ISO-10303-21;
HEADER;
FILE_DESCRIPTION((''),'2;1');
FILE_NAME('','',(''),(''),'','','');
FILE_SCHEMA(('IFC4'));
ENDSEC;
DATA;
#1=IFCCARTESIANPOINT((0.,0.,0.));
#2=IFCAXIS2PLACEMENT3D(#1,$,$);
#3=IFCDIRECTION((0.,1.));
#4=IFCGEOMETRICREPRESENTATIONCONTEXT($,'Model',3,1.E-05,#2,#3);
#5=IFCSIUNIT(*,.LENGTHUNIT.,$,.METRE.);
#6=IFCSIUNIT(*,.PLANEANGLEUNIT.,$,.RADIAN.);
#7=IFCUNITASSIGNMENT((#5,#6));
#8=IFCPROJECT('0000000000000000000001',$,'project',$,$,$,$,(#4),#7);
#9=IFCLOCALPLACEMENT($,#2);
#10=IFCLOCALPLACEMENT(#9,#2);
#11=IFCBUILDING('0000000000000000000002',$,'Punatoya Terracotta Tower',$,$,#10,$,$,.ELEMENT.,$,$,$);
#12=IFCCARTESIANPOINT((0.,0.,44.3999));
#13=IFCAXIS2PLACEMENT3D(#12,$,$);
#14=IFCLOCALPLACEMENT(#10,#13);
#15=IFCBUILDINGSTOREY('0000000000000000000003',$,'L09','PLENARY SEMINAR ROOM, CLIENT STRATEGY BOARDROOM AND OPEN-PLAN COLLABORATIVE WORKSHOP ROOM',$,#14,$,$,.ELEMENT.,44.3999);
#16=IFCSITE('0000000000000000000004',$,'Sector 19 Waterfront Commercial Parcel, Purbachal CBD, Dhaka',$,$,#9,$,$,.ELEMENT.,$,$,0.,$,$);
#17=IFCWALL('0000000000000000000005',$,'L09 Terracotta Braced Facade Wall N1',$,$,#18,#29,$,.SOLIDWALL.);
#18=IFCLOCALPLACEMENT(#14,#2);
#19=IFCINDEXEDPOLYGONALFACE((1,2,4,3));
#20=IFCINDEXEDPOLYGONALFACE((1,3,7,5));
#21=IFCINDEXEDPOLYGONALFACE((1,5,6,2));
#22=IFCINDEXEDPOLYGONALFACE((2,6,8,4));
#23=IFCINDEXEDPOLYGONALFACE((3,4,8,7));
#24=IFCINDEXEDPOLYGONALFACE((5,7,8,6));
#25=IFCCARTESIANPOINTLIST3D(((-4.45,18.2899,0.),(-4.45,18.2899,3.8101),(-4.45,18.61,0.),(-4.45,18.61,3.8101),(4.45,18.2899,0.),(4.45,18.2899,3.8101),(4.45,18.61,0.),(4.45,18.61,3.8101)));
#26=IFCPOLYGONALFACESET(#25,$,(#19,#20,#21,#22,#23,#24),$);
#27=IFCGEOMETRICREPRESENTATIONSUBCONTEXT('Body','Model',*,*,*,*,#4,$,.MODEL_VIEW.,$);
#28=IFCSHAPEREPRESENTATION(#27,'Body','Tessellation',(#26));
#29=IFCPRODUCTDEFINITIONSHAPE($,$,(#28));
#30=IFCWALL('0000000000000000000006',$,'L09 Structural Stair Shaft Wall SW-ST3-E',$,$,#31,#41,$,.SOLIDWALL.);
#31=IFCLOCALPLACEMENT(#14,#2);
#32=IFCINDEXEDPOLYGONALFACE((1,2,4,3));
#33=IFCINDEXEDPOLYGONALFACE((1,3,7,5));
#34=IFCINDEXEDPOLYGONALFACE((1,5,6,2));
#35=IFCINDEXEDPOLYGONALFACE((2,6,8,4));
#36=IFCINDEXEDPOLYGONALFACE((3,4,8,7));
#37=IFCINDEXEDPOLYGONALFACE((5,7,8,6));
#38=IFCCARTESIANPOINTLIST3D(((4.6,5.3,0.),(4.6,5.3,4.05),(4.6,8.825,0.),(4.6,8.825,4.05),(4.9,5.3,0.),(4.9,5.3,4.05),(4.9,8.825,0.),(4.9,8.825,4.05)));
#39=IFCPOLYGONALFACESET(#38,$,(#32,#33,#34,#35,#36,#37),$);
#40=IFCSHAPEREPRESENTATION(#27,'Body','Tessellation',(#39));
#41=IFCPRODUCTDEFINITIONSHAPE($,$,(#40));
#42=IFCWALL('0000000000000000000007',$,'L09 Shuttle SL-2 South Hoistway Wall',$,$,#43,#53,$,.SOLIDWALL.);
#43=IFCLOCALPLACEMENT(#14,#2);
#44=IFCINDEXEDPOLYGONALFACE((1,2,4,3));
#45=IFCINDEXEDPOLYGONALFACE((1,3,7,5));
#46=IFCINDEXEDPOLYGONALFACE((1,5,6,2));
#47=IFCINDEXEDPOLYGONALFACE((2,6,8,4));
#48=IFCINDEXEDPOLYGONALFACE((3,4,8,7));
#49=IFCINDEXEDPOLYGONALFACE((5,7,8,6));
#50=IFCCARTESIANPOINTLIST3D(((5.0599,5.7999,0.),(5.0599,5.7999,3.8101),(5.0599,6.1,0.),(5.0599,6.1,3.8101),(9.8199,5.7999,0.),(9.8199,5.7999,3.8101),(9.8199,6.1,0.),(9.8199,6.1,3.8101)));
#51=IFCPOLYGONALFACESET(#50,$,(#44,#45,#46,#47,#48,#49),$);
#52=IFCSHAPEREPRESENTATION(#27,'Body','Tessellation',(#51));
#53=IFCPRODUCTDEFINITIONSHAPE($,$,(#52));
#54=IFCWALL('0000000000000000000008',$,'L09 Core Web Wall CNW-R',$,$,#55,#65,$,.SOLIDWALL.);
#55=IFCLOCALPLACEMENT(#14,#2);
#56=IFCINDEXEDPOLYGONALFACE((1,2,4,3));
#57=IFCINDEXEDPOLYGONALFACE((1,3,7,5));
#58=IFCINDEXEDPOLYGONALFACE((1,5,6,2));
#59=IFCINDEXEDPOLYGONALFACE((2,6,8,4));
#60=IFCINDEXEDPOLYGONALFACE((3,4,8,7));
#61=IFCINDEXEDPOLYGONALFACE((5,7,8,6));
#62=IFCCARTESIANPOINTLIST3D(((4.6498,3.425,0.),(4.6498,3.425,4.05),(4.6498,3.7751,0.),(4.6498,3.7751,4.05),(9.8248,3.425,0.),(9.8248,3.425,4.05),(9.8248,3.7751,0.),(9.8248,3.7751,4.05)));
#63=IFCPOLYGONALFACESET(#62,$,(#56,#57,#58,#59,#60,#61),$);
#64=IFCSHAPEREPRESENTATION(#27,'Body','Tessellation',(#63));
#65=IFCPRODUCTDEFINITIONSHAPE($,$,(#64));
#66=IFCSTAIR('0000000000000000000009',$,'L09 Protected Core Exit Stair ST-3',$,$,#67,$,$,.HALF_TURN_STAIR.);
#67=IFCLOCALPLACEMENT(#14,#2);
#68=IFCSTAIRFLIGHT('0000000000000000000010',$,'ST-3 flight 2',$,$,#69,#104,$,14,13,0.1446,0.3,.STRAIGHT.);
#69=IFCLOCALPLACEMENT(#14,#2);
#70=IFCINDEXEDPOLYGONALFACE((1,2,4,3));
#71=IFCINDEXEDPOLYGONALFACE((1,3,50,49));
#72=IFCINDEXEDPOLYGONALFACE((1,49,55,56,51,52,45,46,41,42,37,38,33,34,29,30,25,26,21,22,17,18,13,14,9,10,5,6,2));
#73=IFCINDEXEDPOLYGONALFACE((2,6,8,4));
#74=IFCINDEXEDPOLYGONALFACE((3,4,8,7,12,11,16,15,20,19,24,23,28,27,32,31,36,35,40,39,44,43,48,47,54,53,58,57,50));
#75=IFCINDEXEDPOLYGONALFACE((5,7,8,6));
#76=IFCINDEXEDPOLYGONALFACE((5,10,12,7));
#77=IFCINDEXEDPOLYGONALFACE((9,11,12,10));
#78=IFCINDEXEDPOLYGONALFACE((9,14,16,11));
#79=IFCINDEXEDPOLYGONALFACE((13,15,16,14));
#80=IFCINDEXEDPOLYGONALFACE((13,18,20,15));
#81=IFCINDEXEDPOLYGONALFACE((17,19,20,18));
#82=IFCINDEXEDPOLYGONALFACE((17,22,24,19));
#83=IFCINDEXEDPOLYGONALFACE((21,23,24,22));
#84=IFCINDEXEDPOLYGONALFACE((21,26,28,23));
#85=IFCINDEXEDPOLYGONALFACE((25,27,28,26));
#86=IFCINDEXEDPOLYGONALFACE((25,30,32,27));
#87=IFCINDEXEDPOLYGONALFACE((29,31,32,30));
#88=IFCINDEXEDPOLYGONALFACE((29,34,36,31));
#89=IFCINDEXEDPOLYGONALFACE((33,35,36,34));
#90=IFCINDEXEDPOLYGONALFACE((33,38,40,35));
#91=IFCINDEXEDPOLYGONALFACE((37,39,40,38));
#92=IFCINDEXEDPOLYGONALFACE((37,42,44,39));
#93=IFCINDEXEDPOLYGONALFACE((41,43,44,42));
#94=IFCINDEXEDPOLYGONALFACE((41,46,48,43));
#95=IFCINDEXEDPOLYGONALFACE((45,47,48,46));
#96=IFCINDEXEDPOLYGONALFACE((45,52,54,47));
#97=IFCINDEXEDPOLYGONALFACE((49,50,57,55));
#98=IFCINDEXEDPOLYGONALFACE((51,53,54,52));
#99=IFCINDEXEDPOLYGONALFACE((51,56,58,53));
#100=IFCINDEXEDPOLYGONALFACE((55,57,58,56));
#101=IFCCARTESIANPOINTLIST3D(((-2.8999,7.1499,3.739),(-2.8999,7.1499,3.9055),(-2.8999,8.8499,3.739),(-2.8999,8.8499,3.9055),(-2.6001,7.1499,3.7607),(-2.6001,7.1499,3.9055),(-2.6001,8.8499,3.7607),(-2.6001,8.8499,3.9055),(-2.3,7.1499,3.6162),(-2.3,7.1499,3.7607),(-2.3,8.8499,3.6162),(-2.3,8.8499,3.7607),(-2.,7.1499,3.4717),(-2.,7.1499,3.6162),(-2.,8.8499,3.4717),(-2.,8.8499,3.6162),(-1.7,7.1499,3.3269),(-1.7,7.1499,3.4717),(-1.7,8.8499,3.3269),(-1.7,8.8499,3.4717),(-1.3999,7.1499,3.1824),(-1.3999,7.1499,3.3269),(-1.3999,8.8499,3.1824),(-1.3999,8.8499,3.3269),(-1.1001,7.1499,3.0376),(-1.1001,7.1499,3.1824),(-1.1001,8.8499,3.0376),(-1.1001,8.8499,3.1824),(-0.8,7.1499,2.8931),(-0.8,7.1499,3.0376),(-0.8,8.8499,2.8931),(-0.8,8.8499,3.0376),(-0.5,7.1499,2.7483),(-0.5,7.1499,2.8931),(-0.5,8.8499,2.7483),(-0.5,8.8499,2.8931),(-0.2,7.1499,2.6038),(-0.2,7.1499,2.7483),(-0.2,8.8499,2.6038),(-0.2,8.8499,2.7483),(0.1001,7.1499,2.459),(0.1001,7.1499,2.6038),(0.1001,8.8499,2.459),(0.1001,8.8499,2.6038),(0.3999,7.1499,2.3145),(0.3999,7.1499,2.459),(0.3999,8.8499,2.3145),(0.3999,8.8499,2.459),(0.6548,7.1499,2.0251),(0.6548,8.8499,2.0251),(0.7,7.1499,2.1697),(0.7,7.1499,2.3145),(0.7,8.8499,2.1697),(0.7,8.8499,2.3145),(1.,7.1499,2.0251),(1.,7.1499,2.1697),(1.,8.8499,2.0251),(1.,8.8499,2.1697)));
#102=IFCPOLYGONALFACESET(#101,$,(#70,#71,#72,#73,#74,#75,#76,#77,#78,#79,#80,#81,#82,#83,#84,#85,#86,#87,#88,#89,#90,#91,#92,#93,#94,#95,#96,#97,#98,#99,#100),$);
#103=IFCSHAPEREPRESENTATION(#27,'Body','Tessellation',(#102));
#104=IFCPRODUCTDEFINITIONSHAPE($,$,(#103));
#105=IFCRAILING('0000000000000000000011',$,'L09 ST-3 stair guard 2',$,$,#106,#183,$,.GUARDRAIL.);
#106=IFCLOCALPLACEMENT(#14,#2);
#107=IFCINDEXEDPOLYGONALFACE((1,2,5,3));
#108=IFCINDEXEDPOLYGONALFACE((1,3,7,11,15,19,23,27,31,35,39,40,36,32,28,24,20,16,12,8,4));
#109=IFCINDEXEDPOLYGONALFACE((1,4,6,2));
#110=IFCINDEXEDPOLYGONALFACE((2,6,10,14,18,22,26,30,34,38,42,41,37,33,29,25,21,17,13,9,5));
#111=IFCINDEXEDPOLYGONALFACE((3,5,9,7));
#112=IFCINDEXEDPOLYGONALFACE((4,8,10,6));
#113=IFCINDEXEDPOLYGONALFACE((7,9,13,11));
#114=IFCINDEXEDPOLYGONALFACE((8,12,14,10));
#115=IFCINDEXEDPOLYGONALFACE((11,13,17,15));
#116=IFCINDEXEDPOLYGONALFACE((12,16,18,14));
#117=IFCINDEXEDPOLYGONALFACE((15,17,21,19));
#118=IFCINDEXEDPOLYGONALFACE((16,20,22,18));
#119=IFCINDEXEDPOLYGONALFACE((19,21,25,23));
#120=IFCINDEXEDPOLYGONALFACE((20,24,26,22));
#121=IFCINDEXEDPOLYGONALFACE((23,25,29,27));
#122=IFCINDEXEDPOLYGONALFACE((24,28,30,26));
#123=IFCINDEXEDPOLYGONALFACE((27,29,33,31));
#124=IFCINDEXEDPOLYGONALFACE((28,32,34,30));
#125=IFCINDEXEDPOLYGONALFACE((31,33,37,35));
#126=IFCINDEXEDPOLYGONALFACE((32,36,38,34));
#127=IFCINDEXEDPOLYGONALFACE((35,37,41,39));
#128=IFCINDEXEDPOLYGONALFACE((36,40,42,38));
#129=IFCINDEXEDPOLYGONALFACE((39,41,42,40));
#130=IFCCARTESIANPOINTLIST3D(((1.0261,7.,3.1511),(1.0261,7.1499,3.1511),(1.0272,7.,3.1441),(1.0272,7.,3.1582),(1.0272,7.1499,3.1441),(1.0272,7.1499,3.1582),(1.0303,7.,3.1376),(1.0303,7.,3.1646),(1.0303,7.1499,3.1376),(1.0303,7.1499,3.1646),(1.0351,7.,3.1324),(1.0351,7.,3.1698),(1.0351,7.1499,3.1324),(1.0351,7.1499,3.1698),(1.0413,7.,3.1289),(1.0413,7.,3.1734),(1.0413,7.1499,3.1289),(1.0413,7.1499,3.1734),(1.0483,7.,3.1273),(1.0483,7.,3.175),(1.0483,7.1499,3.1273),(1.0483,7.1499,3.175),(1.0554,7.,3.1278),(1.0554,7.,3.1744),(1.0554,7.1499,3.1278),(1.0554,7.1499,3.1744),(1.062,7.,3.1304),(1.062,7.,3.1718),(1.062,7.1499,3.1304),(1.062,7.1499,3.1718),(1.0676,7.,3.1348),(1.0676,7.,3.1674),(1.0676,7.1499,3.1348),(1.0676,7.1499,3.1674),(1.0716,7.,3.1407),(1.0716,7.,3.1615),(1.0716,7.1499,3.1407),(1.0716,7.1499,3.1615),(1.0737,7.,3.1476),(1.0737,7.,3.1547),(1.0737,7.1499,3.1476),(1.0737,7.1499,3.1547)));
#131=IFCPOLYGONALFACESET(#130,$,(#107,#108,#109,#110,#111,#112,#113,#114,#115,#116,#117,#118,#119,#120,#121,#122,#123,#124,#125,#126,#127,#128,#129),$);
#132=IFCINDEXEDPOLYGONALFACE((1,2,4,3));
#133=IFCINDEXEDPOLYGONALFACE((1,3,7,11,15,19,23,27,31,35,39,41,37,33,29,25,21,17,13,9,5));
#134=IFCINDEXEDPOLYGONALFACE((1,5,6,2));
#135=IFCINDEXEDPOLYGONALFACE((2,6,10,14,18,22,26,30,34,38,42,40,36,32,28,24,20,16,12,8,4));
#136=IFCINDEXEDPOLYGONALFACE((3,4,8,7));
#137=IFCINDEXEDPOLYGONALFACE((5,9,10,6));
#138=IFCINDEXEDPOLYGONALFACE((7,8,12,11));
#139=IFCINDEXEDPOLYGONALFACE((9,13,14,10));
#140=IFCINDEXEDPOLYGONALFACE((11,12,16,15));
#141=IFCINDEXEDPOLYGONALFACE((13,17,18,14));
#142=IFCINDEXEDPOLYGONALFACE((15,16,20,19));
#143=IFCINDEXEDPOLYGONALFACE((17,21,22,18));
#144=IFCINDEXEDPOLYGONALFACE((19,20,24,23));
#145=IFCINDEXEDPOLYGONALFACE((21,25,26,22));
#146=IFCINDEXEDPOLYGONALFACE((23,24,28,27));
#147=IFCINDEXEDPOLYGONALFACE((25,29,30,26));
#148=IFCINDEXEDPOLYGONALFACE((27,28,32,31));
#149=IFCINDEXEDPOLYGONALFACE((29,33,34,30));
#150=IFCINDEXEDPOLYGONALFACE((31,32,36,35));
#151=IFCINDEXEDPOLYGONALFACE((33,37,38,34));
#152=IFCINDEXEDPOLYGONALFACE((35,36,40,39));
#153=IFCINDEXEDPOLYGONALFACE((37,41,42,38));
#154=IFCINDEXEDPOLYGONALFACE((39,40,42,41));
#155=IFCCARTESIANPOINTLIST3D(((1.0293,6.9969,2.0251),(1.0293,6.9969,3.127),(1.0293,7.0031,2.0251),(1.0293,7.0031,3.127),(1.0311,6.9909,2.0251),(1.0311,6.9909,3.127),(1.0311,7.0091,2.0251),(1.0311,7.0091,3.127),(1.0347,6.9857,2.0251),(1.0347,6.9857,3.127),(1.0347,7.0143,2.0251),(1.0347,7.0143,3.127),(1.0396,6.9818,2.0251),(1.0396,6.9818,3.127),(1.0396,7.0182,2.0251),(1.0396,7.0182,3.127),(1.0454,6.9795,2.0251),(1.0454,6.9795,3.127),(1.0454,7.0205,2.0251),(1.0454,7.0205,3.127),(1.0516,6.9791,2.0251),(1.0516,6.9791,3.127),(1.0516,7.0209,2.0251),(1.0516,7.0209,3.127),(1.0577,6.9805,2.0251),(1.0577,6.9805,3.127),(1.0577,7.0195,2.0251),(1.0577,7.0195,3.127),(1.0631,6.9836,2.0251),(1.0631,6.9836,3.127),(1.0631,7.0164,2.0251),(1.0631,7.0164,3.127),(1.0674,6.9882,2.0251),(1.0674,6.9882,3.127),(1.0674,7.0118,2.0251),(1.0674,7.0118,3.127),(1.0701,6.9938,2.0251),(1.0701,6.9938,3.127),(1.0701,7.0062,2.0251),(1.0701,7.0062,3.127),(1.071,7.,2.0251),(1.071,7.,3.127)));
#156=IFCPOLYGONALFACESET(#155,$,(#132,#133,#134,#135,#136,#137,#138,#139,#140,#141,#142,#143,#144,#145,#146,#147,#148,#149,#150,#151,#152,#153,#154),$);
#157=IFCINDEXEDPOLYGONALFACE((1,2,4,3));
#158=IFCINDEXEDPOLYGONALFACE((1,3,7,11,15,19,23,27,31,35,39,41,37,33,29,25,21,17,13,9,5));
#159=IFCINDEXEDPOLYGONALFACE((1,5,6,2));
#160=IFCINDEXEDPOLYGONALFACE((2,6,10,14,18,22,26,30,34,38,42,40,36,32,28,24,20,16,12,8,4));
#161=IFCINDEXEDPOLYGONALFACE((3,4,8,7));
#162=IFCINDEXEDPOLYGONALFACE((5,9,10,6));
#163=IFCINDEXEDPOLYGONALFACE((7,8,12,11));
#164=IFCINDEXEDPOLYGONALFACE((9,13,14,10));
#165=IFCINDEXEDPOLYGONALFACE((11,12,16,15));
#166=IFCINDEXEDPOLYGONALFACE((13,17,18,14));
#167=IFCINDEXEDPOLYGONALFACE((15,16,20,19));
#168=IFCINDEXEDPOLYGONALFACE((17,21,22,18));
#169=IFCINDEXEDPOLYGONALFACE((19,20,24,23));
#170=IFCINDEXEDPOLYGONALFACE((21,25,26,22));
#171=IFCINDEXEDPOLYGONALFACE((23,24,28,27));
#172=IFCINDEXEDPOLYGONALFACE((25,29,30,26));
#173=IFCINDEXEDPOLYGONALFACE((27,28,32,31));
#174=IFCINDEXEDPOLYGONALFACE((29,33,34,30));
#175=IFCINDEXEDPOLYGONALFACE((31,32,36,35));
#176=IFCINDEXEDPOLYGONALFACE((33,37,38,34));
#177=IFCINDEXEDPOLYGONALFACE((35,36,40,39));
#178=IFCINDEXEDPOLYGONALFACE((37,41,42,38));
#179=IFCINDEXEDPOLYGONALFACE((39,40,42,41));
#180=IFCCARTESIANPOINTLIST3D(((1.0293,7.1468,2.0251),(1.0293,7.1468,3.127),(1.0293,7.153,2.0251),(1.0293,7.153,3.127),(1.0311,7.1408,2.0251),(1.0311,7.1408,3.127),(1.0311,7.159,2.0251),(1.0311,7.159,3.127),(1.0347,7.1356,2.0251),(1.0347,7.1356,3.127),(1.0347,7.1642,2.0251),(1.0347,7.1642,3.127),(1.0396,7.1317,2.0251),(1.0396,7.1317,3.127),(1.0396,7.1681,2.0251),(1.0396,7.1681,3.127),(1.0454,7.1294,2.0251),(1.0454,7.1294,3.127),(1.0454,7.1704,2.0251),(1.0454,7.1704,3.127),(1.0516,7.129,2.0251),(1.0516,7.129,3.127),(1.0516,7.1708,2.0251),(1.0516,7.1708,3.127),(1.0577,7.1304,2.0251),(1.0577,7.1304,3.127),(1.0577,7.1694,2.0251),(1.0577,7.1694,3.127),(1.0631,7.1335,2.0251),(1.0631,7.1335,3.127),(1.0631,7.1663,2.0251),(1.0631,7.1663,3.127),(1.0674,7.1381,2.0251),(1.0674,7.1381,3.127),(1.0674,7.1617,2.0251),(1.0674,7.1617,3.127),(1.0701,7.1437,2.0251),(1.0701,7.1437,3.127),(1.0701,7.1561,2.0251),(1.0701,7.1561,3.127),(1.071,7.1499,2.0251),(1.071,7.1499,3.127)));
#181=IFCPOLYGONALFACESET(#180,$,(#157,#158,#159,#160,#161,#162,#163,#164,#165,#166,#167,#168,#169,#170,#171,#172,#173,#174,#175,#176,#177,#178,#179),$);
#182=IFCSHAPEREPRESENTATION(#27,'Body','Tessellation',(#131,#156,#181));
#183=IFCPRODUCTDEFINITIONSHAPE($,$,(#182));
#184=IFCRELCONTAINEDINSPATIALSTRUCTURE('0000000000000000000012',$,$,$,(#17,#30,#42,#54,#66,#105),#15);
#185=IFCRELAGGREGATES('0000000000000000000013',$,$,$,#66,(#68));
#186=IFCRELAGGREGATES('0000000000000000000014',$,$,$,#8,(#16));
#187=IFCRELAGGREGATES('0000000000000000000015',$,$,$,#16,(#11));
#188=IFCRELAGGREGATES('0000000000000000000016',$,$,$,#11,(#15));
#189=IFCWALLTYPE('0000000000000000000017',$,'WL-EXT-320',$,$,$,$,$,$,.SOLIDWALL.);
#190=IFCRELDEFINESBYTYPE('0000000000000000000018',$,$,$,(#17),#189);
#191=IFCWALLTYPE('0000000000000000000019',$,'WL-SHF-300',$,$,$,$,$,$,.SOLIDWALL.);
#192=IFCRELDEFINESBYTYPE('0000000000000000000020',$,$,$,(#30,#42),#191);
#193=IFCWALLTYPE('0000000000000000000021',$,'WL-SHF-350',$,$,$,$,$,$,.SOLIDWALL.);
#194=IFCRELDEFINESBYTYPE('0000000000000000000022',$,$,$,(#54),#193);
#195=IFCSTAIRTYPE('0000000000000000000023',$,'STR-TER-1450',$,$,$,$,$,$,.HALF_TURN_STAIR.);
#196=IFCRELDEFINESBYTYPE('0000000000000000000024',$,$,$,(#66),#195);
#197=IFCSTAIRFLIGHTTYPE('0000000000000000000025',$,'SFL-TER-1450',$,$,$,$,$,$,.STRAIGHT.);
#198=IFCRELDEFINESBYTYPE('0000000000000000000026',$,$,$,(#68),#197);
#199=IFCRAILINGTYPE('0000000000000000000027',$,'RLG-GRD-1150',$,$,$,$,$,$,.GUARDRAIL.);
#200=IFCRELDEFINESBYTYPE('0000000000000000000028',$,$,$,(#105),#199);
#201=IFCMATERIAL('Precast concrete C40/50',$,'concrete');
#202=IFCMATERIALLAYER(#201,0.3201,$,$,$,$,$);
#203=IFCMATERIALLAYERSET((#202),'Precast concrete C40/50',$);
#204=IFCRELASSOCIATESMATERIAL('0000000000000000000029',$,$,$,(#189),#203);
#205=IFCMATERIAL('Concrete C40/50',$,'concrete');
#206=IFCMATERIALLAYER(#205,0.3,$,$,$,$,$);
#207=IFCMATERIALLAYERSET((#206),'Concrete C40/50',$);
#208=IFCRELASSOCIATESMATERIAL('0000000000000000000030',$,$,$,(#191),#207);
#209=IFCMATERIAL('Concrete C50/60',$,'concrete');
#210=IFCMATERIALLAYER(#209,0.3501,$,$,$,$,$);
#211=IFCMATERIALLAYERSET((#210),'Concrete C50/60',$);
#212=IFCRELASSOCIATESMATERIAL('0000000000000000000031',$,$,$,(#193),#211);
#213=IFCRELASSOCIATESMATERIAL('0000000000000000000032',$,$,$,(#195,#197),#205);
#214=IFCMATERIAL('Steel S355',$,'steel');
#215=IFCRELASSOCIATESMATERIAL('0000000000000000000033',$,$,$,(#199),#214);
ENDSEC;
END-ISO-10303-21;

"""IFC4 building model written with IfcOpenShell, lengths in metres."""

from ifc_helpers import new_model, si_unit, direction, frame, frame_2d, origin, origin_2d, place, context, subcontext, project, spatial, polyline, rectangle, circle, outline, extrude, material, layer, layer_set, type_object, element, aggregate, save


model = new_model("IFC4")

# Units and contexts
model_context = context("Model", 3, precision=1e-05, world=origin(), true_north=direction((0.0, 1.0)))
body_context = subcontext(model_context, "Body", "Model", "MODEL_VIEW")
ifc_project = project(units=[si_unit("LENGTHUNIT", "METRE"), si_unit("PLANEANGLEUNIT", "RADIAN")], contexts=[model_context])

# Site, building, storey
site_placement = place(None, origin())
site = spatial("IfcSite", under=ifc_project, at=site_placement, Name="Sector 19 Waterfront Commercial Parcel, Purbachal CBD, Dhaka", CompositionType="ELEMENT", RefElevation=0.0)
building_placement = place(site_placement, origin())
building = spatial("IfcBuilding", under=site, at=building_placement, Name="Punatoya Terracotta Tower", CompositionType="ELEMENT")
storey_placement = place(building_placement, frame((0.0, 0.0, 44.3999)))
storey = spatial("IfcBuildingStorey", under=building, at=storey_placement, Name="L09", Description="PLENARY SEMINAR ROOM, CLIENT STRATEGY BOARDROOM AND OPEN-PLAN COLLABORATIVE WORKSHOP ROOM", CompositionType="ELEMENT", Elevation=44.3999)

# Shared definitions
ifc_material_1 = material(Name="Steel S355", Category="steel")

# Walls
ifc_material_2 = material(Name="Precast concrete C40/50", Category="concrete")
ifc_layer_1 = layer(ifc_material_2, 0.3201)
ifc_layer_set_1 = layer_set([ifc_layer_1], Name="Precast concrete C40/50")
wall_type_1 = type_object("IfcWallType", Name="WL-EXT-320", PredefinedType="SOLIDWALL", material=ifc_layer_set_1)
wall_1_placement = place(storey_placement, frame((4.45, 18.45, 0.0), z_axis=(0.0, 0.0, 1.0), x_axis=(-1.0, 0.0, 0.0)))
element("IfcWall", 1, at=wall_1_placement, inside=storey, type_object=wall_type_1, Name="L09 Terracotta Braced Facade Wall N1", PredefinedType="SOLIDWALL", context=body_context, shape_type="SweptSolid", body=[
    extrude(rectangle(XDim=8.8999, YDim=0.3201, at=frame_2d((4.45, 0.0))), origin(), (0.0, 0.0, 1.0), 3.8101),
])
ifc_material_3 = material(Name="Concrete C40/50", Category="concrete")
ifc_layer_2 = layer(ifc_material_3, 0.3)
ifc_layer_set_2 = layer_set([ifc_layer_2], Name="Concrete C40/50")
wall_type_2 = type_object("IfcWallType", Name="WL-SHF-300", PredefinedType="SOLIDWALL", material=ifc_layer_set_2)
wall_2_placement = place(storey_placement, frame((4.75, 8.825, 0.0), z_axis=(0.0, 0.0, 1.0), x_axis=(0.0, -1.0, 0.0)))
element("IfcWall", 2, at=wall_2_placement, inside=storey, type_object=wall_type_2, Name="L09 Structural Stair Shaft Wall SW-ST3-E", PredefinedType="SOLIDWALL", context=body_context, shape_type="SweptSolid", body=[
    extrude(rectangle(XDim=3.5249, YDim=0.3, at=frame_2d((1.7625, 0.0))), origin(), (0.0, 0.0, 1.0), 4.05),
])
wall_3_placement = place(storey_placement, frame((5.0601, 5.95, 0.0), z_axis=(0.0, 0.0, 1.0), x_axis=(1.0, 0.0, 0.0)))
element("IfcWall", 3, at=wall_3_placement, inside=storey, type_object=wall_type_2, Name="L09 Shuttle SL-2 South Hoistway Wall", PredefinedType="SOLIDWALL", context=body_context, shape_type="SweptSolid", body=[
    extrude(rectangle(XDim=4.76, YDim=0.3, at=frame_2d((2.3799, 0.0))), origin(), (0.0, 0.0, 1.0), 3.8101),
])
ifc_material_4 = material(Name="Concrete C50/60", Category="concrete")
ifc_layer_3 = layer(ifc_material_4, 0.3501)
ifc_layer_set_3 = layer_set([ifc_layer_3], Name="Concrete C50/60")
wall_type_3 = type_object("IfcWallType", Name="WL-SHF-350", PredefinedType="SOLIDWALL", material=ifc_layer_set_3)
wall_4_placement = place(storey_placement, frame((4.6499, 3.6001, 0.0), z_axis=(0.0, 0.0, 1.0), x_axis=(1.0, 0.0, 0.0)))
element("IfcWall", 4, at=wall_4_placement, inside=storey, type_object=wall_type_3, Name="L09 Core Web Wall CNW-R", PredefinedType="SOLIDWALL", context=body_context, shape_type="SweptSolid", body=[
    extrude(rectangle(XDim=5.175, YDim=0.3501, at=frame_2d((2.5874, 0.0))), origin(), (0.0, 0.0, 1.0), 4.05),
])

# Stair, stair flight
stair_type = type_object("IfcStairType", Name="STR-TER-1450", PredefinedType="HALF_TURN_STAIR", material=ifc_material_3)
stair_placement = place(storey_placement, origin())
stair = element("IfcStair", 5, at=stair_placement, inside=storey, type_object=stair_type, Name="L09 Protected Core Exit Stair ST-3", PredefinedType="HALF_TURN_STAIR")
stair_flight_type = type_object("IfcStairFlightType", Name="SFL-TER-1450", PredefinedType="STRAIGHT", material=ifc_material_3)
stair_flight_placement = place(storey_placement, frame((1.0, 8.0, 2.0251), z_axis=(0.0, 0.0, 1.0), x_axis=(-1.0, 0.0, 0.0)))
stair_flight = element("IfcStairFlight", 6, at=stair_flight_placement, type_object=stair_flight_type, Name="ST-3 flight 2", NumberOfRisers=14, NumberOfTreads=13, PredefinedType="STRAIGHT", RiserHeight=0.1446, TreadLength=0.3, context=body_context, shape_type="SweptSolid", body=[
    extrude(outline(polyline([(0.0, 0.0), (0.0, 0.1445), (0.3, 0.1445), (0.3, 0.2893), (0.6001, 0.2893), (0.6001, 0.4338), (0.8999, 0.4338), (0.8999, 0.5786), (1.2, 0.5786), (1.2, 0.7231), (1.5, 0.7231), (1.5, 0.8679), (1.8, 0.8679), (1.8, 1.0125), (2.1001, 1.0125), (2.1001, 1.1572), (2.3999, 1.1572), (2.3999, 1.3018), (2.7, 1.3018), (2.7, 1.4465), (3.0, 1.4465), (3.0, 1.5911), (3.3, 1.5911), (3.3, 1.7356), (3.6001, 1.7356), (3.6001, 1.8804), (3.8999, 1.8804), (3.8999, 2.0249), (3.8999, 1.7139), (0.3452, 0.0), (0.0, 0.0)])), frame((0.0, 0.8501, 0.0), z_axis=(0.0, -1.0, 0.0), x_axis=(1.0, 0.0, 0.0)), (0.0, 0.0, 1.0), 1.7),
])
aggregate(stair, [stair_flight])

# Railing
railing_type_1 = type_object("IfcRailingType", Name="RLG-GRD-1150", PredefinedType="GUARDRAIL", material=ifc_material_1)
railing_1_placement = place(storey_placement, frame((1.05, 7.0, 2.0251)))
element("IfcRailing", 7, at=railing_1_placement, inside=storey, type_object=railing_type_1, Name="L09 ST-3 stair guard 2", PredefinedType="GUARDRAIL", context=body_context, shape_type="SweptSolid", body=[
    extrude(circle(Radius=0.0239, at=origin_2d()), frame((0.0, 0.0, 1.126), z_axis=(0.0, 1.0, 0.0), x_axis=(-1.0, 0.0, 0.0)), (0.0, 0.0, 1.0), 0.1499),
    extrude(circle(Radius=0.021, at=origin_2d()), origin(), (0.0, 0.0, 1.0), 1.1018),
    extrude(circle(Radius=0.021, at=origin_2d()), frame((0.0, 0.1499, 0.0)), (0.0, 0.0, 1.0), 1.1018),
])

save(model, "model.ifc")
